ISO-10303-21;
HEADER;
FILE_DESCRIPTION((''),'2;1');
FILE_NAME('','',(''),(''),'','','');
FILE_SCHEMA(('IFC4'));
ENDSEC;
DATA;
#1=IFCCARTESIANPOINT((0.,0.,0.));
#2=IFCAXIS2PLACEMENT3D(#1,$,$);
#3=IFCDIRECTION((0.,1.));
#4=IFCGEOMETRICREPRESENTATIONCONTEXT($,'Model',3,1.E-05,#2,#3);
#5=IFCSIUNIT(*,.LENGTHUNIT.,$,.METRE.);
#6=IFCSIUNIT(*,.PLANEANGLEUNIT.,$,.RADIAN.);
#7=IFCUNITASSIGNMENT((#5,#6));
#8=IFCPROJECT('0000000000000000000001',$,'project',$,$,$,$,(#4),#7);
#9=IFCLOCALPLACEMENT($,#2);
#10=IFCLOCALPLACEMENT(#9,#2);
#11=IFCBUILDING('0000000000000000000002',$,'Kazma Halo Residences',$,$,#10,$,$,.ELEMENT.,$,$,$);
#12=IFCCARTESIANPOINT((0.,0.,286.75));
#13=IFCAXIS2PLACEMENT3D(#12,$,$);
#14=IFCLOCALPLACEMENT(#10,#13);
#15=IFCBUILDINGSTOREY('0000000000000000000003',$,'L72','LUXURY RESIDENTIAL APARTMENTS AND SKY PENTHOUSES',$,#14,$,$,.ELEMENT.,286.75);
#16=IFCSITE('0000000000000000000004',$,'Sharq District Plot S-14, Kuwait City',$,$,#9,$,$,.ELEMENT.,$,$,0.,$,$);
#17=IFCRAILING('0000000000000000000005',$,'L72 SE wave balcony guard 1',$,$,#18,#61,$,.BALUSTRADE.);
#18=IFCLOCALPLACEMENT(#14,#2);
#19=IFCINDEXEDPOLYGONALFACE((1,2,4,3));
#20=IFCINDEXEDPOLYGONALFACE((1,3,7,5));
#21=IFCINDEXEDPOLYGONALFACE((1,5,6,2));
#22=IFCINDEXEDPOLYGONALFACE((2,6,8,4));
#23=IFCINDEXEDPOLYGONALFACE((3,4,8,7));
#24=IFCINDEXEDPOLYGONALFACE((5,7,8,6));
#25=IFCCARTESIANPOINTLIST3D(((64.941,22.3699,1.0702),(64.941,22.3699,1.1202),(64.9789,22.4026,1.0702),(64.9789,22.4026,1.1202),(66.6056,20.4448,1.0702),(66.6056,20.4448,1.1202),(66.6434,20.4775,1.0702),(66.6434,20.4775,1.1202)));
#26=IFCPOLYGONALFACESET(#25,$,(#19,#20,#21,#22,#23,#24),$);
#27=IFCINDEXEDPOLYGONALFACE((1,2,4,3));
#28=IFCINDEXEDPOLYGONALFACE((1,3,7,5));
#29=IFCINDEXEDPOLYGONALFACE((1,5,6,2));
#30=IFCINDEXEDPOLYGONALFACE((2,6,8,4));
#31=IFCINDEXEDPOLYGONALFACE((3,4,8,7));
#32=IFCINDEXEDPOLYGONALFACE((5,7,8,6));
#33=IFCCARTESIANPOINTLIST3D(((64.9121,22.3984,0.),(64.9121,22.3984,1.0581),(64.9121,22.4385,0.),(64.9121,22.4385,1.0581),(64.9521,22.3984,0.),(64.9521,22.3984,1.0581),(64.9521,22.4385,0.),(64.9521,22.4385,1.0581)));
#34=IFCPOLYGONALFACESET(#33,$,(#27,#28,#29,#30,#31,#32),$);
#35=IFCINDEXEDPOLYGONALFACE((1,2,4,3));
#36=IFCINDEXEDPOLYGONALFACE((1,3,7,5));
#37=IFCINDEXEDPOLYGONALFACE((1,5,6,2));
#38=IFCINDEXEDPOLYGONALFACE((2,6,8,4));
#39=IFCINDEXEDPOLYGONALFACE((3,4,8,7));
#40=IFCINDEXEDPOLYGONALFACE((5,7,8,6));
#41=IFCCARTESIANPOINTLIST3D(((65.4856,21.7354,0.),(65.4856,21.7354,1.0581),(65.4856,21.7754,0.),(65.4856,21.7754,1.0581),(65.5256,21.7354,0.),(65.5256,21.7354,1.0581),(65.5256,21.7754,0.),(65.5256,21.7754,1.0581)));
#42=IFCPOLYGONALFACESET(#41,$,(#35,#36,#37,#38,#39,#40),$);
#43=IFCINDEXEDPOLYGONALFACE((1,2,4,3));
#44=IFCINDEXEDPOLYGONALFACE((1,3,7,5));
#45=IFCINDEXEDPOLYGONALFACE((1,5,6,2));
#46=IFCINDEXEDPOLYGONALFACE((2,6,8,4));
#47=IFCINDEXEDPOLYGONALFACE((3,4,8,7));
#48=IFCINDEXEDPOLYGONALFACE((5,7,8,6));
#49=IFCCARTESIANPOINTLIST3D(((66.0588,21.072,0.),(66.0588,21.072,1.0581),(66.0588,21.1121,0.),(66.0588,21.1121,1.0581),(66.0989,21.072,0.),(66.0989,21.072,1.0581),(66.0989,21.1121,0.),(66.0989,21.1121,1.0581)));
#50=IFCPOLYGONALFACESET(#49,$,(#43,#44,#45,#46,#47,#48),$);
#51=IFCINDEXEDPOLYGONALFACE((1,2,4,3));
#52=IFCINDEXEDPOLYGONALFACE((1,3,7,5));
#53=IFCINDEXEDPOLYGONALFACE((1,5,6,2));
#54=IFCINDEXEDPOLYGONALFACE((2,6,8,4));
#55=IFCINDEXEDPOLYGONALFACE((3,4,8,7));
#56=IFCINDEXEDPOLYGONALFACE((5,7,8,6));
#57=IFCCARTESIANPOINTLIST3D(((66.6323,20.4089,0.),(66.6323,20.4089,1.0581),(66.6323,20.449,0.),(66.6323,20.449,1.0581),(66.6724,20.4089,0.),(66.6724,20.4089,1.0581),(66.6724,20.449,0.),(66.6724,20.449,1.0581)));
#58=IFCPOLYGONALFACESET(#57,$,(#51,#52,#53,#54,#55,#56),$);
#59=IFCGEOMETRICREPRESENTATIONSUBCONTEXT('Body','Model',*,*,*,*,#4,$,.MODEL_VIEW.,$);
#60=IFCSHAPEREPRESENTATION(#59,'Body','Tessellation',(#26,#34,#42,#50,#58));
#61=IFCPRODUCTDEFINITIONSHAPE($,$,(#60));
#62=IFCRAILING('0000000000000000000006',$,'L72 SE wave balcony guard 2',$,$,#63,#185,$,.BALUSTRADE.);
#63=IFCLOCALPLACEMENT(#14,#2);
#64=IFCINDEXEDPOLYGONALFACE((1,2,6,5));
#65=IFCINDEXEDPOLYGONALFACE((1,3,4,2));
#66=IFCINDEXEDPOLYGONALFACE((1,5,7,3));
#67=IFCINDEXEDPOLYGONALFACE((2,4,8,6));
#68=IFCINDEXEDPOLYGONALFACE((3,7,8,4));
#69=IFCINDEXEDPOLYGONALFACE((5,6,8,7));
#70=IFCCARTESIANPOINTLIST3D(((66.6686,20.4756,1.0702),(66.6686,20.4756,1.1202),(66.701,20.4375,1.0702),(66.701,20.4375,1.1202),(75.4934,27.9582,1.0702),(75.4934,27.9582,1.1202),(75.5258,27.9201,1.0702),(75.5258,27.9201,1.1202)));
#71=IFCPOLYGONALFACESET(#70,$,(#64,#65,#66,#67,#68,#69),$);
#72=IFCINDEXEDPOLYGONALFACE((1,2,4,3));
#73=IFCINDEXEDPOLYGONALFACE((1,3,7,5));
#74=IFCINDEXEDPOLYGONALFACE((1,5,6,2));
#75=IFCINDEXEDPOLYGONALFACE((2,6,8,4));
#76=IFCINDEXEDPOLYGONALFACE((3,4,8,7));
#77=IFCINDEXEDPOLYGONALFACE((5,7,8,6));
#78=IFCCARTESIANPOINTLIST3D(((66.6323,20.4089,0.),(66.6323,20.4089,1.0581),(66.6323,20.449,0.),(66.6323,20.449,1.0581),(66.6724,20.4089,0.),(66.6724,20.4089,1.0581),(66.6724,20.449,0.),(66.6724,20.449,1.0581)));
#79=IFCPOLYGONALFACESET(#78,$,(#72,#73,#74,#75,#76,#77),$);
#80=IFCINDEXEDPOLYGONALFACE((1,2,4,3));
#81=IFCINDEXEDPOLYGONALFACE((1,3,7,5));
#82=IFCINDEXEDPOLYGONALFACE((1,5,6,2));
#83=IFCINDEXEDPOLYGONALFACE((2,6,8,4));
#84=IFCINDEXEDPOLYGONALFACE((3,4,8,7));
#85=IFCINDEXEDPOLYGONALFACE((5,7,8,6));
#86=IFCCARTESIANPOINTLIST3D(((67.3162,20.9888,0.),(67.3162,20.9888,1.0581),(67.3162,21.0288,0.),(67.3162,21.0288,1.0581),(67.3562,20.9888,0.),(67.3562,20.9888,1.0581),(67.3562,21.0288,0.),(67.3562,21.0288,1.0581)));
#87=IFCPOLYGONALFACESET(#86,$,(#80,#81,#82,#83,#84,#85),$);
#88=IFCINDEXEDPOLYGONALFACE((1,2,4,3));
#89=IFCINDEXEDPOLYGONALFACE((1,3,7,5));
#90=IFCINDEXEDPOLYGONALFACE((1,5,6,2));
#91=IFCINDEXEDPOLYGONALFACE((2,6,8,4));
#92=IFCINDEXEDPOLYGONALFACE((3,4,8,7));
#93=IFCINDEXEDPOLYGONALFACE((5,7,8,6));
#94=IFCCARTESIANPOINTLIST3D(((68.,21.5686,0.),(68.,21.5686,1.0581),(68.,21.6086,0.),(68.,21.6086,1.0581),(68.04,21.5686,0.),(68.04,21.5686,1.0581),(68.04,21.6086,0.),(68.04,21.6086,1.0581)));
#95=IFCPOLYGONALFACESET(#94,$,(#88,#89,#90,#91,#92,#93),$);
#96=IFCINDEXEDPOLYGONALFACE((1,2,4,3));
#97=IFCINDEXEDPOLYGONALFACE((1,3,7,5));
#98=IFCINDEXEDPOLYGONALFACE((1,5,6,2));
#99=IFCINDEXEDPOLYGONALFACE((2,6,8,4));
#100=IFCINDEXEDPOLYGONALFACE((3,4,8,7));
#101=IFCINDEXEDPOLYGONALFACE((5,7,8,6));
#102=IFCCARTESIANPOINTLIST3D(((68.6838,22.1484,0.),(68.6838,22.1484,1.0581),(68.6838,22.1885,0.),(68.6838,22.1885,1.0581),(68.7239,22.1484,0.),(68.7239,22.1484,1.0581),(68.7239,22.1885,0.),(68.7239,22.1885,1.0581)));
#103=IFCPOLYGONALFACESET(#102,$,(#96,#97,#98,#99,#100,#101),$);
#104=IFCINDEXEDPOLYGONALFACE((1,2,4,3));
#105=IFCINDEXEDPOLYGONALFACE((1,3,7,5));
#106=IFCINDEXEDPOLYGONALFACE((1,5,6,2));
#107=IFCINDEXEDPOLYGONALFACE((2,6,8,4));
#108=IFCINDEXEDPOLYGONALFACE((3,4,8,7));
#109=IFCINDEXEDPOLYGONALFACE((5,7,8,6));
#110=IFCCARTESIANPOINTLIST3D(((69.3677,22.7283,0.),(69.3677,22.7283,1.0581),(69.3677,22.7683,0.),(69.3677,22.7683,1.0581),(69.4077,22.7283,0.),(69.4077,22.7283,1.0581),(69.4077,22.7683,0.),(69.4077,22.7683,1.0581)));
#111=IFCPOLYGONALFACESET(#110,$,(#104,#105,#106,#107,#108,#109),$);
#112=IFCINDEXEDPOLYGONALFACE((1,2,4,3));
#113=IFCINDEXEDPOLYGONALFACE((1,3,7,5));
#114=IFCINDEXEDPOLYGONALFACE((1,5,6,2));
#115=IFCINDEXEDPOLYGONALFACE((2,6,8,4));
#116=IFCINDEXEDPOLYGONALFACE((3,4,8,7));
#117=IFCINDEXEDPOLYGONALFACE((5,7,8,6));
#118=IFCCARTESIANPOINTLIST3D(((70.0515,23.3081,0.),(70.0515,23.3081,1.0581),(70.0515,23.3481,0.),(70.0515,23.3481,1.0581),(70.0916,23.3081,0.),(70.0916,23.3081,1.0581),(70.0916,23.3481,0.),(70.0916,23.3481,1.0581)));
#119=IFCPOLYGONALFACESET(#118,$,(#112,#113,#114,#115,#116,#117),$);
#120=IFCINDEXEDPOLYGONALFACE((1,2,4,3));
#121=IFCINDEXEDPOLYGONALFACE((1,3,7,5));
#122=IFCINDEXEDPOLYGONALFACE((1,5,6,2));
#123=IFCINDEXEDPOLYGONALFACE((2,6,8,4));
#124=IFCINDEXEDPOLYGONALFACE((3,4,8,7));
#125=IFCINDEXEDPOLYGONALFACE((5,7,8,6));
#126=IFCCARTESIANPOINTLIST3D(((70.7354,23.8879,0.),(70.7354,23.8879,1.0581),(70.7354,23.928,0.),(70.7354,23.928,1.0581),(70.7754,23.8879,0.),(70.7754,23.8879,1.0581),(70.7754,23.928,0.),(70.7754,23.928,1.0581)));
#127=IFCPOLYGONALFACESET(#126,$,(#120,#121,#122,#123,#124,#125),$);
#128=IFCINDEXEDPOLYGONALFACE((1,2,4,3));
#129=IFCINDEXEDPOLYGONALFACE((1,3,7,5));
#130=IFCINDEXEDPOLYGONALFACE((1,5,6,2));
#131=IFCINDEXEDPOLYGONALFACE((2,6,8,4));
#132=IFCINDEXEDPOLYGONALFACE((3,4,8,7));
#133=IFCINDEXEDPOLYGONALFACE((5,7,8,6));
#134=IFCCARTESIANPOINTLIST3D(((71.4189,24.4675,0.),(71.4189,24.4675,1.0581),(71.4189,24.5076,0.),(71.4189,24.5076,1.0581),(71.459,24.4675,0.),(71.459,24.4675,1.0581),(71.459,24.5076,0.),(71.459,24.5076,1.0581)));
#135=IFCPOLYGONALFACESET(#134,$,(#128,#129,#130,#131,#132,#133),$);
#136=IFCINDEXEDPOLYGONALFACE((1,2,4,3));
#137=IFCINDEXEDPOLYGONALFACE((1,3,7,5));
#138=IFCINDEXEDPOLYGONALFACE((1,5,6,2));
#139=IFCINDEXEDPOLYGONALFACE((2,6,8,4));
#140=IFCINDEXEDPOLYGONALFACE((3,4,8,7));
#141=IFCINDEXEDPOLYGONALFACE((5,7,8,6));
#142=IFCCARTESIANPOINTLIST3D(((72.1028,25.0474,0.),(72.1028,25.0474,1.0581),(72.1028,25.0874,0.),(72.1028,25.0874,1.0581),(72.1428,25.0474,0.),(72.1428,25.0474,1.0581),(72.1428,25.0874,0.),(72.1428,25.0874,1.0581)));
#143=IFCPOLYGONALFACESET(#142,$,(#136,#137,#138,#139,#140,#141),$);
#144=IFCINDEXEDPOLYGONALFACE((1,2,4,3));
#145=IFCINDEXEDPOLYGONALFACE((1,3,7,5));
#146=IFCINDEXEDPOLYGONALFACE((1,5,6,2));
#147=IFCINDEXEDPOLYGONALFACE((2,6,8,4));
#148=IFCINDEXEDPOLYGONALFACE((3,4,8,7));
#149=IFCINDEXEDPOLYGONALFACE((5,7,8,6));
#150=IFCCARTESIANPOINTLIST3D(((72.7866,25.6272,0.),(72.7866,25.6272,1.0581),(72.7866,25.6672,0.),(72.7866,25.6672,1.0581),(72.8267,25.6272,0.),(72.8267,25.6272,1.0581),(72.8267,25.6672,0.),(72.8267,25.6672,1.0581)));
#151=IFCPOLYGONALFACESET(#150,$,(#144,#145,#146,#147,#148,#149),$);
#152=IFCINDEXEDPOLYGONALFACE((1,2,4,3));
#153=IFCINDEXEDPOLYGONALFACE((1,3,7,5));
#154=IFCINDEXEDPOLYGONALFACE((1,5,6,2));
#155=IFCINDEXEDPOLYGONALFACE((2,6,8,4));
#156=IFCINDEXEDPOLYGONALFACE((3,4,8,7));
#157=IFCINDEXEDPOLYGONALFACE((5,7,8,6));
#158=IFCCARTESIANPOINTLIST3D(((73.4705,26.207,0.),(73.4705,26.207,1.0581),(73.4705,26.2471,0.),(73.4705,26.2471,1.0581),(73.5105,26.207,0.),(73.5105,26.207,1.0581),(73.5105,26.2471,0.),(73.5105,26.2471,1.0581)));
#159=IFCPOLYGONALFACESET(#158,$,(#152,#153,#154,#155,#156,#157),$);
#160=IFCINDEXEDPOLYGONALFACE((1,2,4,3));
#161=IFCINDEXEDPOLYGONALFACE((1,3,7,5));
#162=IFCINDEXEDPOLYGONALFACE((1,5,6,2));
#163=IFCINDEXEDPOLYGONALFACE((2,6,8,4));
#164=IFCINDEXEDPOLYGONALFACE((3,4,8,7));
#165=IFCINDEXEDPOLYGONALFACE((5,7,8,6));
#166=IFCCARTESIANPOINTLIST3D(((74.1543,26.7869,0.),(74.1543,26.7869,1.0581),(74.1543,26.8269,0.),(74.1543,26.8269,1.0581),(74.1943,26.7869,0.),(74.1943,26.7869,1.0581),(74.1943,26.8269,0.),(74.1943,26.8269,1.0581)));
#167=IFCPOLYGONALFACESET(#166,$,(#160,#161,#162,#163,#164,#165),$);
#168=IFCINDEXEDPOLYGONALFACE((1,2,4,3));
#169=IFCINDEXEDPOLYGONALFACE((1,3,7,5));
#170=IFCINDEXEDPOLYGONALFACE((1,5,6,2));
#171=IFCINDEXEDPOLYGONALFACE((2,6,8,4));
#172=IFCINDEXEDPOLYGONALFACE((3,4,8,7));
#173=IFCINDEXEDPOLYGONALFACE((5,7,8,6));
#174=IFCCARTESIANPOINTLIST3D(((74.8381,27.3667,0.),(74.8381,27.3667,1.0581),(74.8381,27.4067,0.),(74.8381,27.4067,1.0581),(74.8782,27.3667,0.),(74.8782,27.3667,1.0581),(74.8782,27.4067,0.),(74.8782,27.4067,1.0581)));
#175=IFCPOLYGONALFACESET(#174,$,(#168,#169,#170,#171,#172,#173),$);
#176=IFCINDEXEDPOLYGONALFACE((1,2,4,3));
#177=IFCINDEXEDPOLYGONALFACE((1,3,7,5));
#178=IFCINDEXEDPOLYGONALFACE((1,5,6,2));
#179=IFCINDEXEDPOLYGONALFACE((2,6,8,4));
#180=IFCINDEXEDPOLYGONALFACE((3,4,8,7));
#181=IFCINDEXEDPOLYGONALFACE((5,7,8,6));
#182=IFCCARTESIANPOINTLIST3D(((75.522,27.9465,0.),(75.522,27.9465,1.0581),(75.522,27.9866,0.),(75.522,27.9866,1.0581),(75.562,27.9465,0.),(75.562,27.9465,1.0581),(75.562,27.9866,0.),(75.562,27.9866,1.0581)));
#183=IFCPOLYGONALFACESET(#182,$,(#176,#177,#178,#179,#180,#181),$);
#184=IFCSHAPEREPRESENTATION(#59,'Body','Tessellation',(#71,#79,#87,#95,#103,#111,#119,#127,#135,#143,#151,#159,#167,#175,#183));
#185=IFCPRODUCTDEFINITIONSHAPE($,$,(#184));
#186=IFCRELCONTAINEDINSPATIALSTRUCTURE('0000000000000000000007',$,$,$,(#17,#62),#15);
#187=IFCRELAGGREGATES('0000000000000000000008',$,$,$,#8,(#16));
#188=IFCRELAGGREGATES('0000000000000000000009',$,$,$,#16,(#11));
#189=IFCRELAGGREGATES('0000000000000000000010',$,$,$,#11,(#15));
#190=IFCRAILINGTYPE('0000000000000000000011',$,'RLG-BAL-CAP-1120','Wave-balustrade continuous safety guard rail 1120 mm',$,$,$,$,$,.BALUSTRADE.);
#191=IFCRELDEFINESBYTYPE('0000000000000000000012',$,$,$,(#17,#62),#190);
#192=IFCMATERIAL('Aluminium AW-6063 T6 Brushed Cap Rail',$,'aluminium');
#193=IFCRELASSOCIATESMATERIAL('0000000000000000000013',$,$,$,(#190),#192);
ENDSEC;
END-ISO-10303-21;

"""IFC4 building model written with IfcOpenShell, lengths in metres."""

from ifc_helpers import new_model, si_unit, direction, frame, origin, origin_2d, place, context, subcontext, project, spatial, rectangle, extrude, material, type_object, element, save


model = new_model("IFC4")

# Units and contexts
model_context = context("Model", 3, precision=1e-05, world=origin(), true_north=direction((0.0, 1.0)))
body_context = subcontext(model_context, "Body", "Model", "MODEL_VIEW")
ifc_project = project(units=[si_unit("LENGTHUNIT", "METRE"), si_unit("PLANEANGLEUNIT", "RADIAN")], contexts=[model_context])

# Site, building, storey
site_placement = place(None, origin())
site = spatial("IfcSite", under=ifc_project, at=site_placement, Name="Sharq District Plot S-14, Kuwait City", CompositionType="ELEMENT", RefElevation=0.0)
building_placement = place(site_placement, origin())
building = spatial("IfcBuilding", under=site, at=building_placement, Name="Kazma Halo Residences", CompositionType="ELEMENT")
storey_placement = place(building_placement, frame((0.0, 0.0, 286.75)))
storey = spatial("IfcBuildingStorey", under=building, at=storey_placement, Name="L72", Description="LUXURY RESIDENTIAL APARTMENTS AND SKY PENTHOUSES", CompositionType="ELEMENT", Elevation=286.75)

# Railings
ifc_material_1 = material(Name="Aluminium AW-6063 T6 Brushed Cap Rail", Category="aluminium")
railing_type = type_object("IfcRailingType", Name="RLG-BAL-CAP-1120", Description="Wave-balustrade continuous safety guard rail 1120 mm", PredefinedType="BALUSTRADE", material=ifc_material_1)
railing_1_placement = place(storey_placement, frame((64.9321, 22.4185, 0.0)))
element("IfcRailing", 1, at=railing_1_placement, inside=storey, type_object=railing_type, Name="L72 SE wave balcony guard 1", PredefinedType="BALUSTRADE", context=body_context, shape_type="SweptSolid", body=[
    extrude(rectangle(XDim=0.05, YDim=0.05, at=origin_2d()), frame((0.0278, -0.0322, 1.0952), z_axis=(0.654057, -0.756445, 0.0), x_axis=(0.756445, 0.654057, 0.0)), (0.0, 0.0, 1.0), 2.5449),
    extrude(rectangle(XDim=0.04, YDim=0.04, at=origin_2d()), origin(), (0.0, 0.0, 1.0), 1.0581),
    extrude(rectangle(XDim=0.04, YDim=0.04, at=origin_2d()), frame((0.5735, -0.6631, 0.0)), (0.0, 0.0, 1.0), 1.0581),
    extrude(rectangle(XDim=0.04, YDim=0.04, at=origin_2d()), frame((1.1467, -1.3264, 0.0)), (0.0, 0.0, 1.0), 1.0581),
    extrude(rectangle(XDim=0.04, YDim=0.04, at=origin_2d()), frame((1.7202, -1.9895, 0.0)), (0.0, 0.0, 1.0), 1.0581),
])
railing_2_placement = place(storey_placement, frame((66.6523, 20.429, 0.0)))
element("IfcRailing", 2, at=railing_2_placement, inside=storey, type_object=railing_type, Name="L72 SE wave balcony guard 2", PredefinedType="BALUSTRADE", context=body_context, shape_type="SweptSolid", body=[
    extrude(rectangle(XDim=0.05, YDim=0.05, at=origin_2d()), frame((0.0325, 0.0276, 1.0952), z_axis=(0.762726, 0.646721, 0.0), x_axis=(-0.646721, 0.762726, 0.0)), (0.0, 0.0, 1.0), 11.5701),
    extrude(rectangle(XDim=0.04, YDim=0.04, at=origin_2d()), origin(), (0.0, 0.0, 1.0), 1.0581),
    extrude(rectangle(XDim=0.04, YDim=0.04, at=origin_2d()), frame((0.6838, 0.5798, 0.0)), (0.0, 0.0, 1.0), 1.0581),
    extrude(rectangle(XDim=0.04, YDim=0.04, at=origin_2d()), frame((1.3677, 1.1597, 0.0)), (0.0, 0.0, 1.0), 1.0581),
    extrude(rectangle(XDim=0.04, YDim=0.04, at=origin_2d()), frame((2.0515, 1.7395, 0.0)), (0.0, 0.0, 1.0), 1.0581),
    extrude(rectangle(XDim=0.04, YDim=0.04, at=origin_2d()), frame((2.7354, 2.3193, 0.0)), (0.0, 0.0, 1.0), 1.0581),
    extrude(rectangle(XDim=0.04, YDim=0.04, at=origin_2d()), frame((3.4192, 2.8992, 0.0)), (0.0, 0.0, 1.0), 1.0581),
    extrude(rectangle(XDim=0.04, YDim=0.04, at=origin_2d()), frame((4.103, 3.479, 0.0)), (0.0, 0.0, 1.0), 1.0581),
    extrude(rectangle(XDim=0.04, YDim=0.04, at=origin_2d()), frame((4.7866, 4.0586, 0.0)), (0.0, 0.0, 1.0), 1.0581),
    extrude(rectangle(XDim=0.04, YDim=0.04, at=origin_2d()), frame((5.4705, 4.6384, 0.0)), (0.0, 0.0, 1.0), 1.0581),
    extrude(rectangle(XDim=0.04, YDim=0.04, at=origin_2d()), frame((6.1543, 5.2183, 0.0)), (0.0, 0.0, 1.0), 1.0581),
    extrude(rectangle(XDim=0.04, YDim=0.04, at=origin_2d()), frame((6.8381, 5.7981, 0.0)), (0.0, 0.0, 1.0), 1.0581),
    extrude(rectangle(XDim=0.04, YDim=0.04, at=origin_2d()), frame((7.522, 6.3779, 0.0)), (0.0, 0.0, 1.0), 1.0581),
    extrude(rectangle(XDim=0.04, YDim=0.04, at=origin_2d()), frame((8.2058, 6.9578, 0.0)), (0.0, 0.0, 1.0), 1.0581),
    extrude(rectangle(XDim=0.04, YDim=0.04, at=origin_2d()), frame((8.8896, 7.5376, 0.0)), (0.0, 0.0, 1.0), 1.0581),
])

save(model, "model.ifc")
